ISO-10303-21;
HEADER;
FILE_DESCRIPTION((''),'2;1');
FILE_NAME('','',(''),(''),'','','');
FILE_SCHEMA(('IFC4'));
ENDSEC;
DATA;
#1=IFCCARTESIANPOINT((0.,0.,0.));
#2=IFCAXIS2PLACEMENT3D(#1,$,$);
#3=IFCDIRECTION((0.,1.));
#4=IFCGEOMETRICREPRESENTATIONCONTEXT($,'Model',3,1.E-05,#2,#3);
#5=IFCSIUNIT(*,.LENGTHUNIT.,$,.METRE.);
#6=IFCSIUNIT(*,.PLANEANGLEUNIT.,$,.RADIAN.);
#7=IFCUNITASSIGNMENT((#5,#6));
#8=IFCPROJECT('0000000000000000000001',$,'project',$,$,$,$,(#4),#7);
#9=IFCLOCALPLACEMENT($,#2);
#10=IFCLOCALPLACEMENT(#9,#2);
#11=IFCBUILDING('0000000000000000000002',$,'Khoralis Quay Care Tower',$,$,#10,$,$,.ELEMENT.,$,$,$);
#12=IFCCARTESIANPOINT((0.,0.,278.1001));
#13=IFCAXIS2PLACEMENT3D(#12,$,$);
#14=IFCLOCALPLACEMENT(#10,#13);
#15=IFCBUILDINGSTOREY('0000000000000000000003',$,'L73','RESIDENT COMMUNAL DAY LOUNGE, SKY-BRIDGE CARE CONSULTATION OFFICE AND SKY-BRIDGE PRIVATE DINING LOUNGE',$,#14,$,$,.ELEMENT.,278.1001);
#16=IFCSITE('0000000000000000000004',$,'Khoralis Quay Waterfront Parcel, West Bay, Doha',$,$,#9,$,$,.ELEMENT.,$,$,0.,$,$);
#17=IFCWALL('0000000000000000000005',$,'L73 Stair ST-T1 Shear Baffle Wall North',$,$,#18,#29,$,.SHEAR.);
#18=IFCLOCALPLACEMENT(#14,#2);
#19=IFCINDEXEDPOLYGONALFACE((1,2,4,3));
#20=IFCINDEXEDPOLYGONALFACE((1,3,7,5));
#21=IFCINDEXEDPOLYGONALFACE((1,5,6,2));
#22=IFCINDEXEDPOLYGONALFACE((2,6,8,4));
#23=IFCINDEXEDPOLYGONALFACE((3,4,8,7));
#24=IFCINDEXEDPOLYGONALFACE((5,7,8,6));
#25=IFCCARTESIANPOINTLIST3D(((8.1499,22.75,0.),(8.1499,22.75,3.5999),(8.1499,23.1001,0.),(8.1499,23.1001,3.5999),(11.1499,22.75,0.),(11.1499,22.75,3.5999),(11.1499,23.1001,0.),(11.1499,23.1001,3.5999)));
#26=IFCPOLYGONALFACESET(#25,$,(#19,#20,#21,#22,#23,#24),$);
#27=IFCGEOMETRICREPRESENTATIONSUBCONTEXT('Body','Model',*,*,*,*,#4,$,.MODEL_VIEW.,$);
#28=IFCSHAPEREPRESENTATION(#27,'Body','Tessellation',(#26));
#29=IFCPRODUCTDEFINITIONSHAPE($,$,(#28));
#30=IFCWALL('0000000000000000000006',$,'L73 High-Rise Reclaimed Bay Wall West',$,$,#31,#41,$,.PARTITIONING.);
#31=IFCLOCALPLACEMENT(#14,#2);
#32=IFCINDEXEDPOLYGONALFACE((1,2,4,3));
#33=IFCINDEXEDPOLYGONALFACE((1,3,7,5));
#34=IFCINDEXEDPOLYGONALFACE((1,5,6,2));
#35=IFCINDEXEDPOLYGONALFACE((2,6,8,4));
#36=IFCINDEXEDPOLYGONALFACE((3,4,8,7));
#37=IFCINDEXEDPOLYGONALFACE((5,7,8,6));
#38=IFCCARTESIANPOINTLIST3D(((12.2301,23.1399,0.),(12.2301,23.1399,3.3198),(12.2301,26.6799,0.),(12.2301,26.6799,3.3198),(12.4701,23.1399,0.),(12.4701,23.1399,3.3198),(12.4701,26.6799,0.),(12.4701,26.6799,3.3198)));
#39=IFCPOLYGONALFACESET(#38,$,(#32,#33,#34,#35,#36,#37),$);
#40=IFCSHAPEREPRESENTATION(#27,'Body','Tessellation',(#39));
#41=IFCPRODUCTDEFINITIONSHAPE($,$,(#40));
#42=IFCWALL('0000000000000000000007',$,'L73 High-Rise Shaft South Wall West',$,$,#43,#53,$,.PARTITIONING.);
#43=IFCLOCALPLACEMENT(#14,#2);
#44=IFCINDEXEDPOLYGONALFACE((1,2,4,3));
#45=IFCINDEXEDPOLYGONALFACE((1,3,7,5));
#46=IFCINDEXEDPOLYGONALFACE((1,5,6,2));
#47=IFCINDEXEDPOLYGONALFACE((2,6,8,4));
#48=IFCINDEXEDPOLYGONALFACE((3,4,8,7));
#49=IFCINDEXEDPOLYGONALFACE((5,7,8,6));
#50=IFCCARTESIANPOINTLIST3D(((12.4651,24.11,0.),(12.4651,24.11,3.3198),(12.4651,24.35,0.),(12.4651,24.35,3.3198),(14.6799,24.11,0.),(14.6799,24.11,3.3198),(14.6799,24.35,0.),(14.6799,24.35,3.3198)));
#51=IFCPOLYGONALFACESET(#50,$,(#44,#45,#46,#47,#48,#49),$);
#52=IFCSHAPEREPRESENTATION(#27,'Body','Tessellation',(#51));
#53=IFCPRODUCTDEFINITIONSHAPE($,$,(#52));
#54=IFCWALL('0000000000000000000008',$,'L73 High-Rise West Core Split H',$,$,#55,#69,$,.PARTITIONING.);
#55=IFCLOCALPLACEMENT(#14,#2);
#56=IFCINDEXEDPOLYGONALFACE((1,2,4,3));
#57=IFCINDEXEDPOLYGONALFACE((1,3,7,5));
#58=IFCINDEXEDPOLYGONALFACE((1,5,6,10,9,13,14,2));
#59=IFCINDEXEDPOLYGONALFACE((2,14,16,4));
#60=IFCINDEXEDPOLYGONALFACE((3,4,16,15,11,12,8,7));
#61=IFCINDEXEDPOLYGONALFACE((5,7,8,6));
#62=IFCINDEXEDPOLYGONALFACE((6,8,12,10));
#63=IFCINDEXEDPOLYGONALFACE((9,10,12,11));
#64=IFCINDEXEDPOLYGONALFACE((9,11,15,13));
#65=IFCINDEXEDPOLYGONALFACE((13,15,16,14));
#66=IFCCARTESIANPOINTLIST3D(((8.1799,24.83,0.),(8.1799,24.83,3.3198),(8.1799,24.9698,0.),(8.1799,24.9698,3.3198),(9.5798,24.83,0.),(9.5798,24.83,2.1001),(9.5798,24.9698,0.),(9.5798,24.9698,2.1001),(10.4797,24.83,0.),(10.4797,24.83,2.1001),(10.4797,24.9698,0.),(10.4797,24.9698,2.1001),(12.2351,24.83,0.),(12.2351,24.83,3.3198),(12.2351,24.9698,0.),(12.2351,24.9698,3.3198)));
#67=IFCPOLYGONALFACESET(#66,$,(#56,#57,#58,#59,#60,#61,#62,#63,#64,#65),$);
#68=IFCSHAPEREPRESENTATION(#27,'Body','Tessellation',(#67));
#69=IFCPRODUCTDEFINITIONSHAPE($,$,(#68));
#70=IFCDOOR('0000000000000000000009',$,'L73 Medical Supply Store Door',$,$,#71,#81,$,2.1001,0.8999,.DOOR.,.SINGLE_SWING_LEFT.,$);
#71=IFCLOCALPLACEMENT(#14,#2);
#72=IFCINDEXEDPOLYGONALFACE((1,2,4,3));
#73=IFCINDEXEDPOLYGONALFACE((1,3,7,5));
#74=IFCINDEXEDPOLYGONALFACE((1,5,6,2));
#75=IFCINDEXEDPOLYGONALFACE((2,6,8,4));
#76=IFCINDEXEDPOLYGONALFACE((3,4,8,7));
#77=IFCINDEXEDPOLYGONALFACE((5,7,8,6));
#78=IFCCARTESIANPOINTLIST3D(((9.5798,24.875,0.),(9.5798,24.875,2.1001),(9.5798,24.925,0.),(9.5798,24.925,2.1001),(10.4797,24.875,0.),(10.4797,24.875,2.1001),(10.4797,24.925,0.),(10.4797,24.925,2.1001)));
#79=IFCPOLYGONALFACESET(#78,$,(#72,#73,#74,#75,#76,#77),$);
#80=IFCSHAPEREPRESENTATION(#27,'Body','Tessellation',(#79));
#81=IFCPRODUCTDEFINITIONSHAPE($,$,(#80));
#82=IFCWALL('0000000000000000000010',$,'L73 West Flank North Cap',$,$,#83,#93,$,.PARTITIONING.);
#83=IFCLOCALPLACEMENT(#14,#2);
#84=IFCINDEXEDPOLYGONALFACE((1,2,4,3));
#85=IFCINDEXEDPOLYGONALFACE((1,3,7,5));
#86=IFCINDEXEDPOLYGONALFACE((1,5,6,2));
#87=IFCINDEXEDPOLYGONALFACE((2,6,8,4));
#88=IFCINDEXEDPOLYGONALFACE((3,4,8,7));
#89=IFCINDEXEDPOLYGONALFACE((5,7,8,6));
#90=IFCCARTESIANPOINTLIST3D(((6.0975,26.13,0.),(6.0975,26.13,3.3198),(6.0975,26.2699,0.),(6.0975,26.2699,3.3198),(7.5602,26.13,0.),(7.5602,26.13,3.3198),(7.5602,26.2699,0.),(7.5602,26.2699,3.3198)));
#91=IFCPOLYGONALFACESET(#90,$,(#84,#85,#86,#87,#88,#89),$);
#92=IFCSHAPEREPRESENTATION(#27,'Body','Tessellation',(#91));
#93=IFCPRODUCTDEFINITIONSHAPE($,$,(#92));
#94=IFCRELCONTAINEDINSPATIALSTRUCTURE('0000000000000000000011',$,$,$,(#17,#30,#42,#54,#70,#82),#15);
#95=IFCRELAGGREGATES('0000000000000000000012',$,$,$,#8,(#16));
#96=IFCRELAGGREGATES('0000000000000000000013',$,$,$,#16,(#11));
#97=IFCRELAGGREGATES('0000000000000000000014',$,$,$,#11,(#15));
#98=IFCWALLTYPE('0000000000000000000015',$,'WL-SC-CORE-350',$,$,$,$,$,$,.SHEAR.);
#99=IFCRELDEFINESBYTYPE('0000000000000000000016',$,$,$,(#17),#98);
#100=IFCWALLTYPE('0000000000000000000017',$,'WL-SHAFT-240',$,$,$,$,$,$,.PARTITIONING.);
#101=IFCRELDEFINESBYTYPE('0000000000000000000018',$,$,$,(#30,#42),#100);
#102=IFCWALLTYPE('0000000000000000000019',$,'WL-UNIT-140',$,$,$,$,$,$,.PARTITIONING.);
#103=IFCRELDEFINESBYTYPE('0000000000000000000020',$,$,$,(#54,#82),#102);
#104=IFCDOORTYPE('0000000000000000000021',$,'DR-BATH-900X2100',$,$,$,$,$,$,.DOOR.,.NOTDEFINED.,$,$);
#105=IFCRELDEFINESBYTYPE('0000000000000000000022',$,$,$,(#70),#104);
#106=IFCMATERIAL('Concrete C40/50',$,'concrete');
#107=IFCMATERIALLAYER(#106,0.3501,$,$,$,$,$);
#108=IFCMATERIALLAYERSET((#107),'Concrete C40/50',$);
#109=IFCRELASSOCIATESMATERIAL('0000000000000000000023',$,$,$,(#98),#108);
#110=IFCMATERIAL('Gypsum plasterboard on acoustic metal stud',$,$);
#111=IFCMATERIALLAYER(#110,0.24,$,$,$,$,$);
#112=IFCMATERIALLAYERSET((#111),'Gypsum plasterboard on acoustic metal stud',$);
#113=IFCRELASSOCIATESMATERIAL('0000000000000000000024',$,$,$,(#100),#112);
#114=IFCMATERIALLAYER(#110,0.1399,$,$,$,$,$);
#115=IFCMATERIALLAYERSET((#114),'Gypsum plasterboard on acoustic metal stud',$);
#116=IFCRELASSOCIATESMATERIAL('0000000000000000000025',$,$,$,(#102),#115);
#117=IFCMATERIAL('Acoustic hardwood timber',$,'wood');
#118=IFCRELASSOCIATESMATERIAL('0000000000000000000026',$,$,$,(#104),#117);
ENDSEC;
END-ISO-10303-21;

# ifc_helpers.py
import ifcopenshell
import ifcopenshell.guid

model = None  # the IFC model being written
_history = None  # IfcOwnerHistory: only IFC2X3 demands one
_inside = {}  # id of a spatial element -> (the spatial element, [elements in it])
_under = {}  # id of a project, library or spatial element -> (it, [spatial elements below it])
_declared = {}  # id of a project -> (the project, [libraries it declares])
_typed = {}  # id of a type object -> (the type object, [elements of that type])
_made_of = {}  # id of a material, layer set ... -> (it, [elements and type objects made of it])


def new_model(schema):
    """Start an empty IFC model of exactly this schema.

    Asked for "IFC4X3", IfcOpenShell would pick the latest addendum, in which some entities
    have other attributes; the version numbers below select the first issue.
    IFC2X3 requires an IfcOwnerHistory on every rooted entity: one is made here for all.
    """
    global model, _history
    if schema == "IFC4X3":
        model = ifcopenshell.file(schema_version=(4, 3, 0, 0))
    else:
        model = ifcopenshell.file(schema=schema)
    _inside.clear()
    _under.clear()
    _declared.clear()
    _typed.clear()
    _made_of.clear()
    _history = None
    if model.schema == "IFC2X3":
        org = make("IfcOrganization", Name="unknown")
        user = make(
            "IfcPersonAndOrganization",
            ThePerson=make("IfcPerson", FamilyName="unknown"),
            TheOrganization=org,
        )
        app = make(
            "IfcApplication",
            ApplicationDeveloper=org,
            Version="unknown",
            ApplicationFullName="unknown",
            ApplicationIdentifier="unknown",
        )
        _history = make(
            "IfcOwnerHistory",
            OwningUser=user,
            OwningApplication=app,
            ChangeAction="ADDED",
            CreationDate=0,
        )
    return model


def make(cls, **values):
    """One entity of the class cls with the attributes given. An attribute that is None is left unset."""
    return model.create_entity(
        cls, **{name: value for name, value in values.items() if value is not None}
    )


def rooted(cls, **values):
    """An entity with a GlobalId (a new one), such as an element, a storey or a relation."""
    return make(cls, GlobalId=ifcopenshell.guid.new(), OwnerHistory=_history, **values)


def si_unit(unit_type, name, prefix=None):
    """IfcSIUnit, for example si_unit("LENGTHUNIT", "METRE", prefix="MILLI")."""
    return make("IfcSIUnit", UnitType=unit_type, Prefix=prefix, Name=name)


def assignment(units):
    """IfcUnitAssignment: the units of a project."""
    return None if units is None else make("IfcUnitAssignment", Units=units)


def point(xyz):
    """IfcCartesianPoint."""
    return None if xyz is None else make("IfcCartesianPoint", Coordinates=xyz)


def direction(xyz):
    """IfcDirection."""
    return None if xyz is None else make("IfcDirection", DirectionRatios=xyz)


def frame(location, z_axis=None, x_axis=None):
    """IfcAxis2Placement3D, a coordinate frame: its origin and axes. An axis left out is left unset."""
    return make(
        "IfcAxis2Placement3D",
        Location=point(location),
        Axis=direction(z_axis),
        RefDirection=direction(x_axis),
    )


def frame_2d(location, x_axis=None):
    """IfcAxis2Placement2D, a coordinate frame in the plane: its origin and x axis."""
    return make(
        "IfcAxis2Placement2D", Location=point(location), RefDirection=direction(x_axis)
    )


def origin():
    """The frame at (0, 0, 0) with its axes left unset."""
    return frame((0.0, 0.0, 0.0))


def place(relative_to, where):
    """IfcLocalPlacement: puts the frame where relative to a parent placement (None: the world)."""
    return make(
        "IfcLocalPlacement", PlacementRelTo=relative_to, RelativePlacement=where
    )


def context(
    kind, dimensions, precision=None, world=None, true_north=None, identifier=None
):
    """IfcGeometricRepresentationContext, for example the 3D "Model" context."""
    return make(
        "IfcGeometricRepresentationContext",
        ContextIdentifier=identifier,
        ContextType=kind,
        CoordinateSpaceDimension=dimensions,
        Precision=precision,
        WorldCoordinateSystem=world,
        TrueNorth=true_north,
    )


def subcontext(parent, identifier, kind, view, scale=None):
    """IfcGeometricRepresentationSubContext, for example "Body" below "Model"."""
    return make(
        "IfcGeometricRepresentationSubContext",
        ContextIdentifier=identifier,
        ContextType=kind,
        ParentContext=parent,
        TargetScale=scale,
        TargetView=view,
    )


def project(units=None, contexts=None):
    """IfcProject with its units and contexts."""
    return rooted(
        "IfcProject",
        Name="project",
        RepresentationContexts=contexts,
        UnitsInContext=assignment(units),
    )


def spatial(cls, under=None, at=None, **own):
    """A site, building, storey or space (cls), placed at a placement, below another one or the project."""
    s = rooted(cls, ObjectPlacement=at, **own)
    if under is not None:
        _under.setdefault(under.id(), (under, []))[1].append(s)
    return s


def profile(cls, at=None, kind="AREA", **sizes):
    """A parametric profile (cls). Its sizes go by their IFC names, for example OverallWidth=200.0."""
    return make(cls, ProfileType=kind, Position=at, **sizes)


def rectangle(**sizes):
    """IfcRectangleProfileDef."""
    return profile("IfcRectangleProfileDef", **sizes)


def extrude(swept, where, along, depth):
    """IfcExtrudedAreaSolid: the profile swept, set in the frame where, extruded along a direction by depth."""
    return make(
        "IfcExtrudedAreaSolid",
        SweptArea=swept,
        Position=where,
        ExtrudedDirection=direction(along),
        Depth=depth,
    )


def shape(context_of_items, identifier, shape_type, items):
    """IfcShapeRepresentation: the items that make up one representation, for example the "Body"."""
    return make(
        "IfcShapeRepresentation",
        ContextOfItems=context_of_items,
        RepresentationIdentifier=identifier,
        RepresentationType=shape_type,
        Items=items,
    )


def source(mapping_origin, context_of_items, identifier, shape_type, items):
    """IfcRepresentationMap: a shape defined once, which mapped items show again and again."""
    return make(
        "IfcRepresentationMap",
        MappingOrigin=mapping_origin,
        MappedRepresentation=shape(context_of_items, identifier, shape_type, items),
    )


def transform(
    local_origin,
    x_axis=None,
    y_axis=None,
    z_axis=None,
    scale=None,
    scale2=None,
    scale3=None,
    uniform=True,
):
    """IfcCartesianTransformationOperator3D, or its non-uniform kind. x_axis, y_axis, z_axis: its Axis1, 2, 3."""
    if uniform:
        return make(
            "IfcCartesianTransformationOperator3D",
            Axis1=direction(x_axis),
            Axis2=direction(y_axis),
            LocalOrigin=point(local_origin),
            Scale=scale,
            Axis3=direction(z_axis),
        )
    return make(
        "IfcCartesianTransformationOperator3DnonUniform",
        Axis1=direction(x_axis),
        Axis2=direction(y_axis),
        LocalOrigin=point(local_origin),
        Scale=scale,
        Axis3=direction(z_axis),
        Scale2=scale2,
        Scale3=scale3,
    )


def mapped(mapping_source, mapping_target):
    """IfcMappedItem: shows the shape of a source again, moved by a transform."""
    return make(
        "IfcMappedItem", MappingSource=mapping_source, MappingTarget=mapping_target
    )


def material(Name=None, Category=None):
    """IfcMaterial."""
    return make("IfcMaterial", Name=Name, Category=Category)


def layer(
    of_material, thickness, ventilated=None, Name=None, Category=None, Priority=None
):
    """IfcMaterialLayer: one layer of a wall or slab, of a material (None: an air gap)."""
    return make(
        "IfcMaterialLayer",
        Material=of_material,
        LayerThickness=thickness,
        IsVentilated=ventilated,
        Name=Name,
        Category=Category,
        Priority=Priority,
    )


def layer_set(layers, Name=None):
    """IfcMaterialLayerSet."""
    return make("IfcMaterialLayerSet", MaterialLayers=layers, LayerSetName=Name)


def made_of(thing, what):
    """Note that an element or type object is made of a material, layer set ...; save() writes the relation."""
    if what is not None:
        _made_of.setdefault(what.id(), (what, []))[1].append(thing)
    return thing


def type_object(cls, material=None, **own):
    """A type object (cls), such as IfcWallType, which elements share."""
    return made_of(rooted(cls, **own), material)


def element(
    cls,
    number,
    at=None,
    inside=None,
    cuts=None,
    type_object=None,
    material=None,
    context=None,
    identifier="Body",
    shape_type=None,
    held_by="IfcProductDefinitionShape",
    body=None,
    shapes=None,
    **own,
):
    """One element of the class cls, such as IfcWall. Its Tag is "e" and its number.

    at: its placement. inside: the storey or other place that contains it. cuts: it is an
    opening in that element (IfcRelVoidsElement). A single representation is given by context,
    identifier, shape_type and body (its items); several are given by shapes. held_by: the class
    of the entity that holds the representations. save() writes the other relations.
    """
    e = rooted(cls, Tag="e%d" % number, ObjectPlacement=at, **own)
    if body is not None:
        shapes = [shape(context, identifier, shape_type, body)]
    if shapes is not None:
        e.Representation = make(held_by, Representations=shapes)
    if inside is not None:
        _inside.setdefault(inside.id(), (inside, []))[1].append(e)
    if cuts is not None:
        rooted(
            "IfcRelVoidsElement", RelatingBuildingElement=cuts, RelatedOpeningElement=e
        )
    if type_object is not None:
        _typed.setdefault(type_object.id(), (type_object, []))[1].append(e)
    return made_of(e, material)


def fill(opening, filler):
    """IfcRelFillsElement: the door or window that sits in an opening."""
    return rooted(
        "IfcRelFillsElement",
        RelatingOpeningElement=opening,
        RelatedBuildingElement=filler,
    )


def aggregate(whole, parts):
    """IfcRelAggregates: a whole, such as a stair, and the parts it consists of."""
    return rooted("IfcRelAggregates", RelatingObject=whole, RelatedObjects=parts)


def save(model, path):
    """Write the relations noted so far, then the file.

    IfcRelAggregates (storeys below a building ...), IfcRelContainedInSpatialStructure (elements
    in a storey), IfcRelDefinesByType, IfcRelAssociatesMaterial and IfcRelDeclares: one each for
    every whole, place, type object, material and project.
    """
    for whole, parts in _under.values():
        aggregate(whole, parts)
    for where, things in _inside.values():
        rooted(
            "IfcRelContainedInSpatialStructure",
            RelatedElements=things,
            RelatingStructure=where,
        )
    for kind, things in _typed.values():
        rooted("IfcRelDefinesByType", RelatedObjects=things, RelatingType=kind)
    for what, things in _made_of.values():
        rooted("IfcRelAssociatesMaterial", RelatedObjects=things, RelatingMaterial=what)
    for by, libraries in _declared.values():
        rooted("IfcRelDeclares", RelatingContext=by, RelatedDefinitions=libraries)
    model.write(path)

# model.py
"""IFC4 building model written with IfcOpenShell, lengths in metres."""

from ifc_helpers import new_model, si_unit, direction, frame, frame_2d, origin, place, context, subcontext, project, spatial, rectangle, extrude, source, transform, mapped, material, layer, layer_set, type_object, element, fill, save


model = new_model("IFC4")

# Units and contexts
model_context = context("Model", 3, precision=1e-05, world=origin(), true_north=direction((0.0, 1.0)))
body_context = subcontext(model_context, "Body", "Model", "MODEL_VIEW")
ifc_project = project(units=[si_unit("LENGTHUNIT", "METRE"), si_unit("PLANEANGLEUNIT", "RADIAN")], contexts=[model_context])

# Site, building, storey
site_placement = place(None, origin())
site = spatial("IfcSite", under=ifc_project, at=site_placement, Name="Khoralis Quay Waterfront Parcel, West Bay, Doha", CompositionType="ELEMENT", RefElevation=0.0)
building_placement = place(site_placement, origin())
building = spatial("IfcBuilding", under=site, at=building_placement, Name="Khoralis Quay Care Tower", CompositionType="ELEMENT")
storey_placement = place(building_placement, frame((0.0, 0.0, 278.1001)))
storey = spatial("IfcBuildingStorey", under=building, at=storey_placement, Name="L73", Description="RESIDENT COMMUNAL DAY LOUNGE, SKY-BRIDGE CARE CONSULTATION OFFICE AND SKY-BRIDGE PRIVATE DINING LOUNGE", CompositionType="ELEMENT", Elevation=278.1001)

# Shared definitions
ifc_material_1 = material(Name="Acoustic hardwood timber", Category="wood")

# Shared definitions
ifc_material_2 = material(Name="Gypsum plasterboard on acoustic metal stud")

# Walls
ifc_material_3 = material(Name="Concrete C40/50", Category="concrete")
ifc_layer_1 = layer(ifc_material_3, 0.3501)
ifc_layer_set_1 = layer_set([ifc_layer_1], Name="Concrete C40/50")
wall_type_1 = type_object("IfcWallType", Name="WL-SC-CORE-350", PredefinedType="SHEAR", material=ifc_layer_set_1)
wall_1_placement = place(storey_placement, frame((8.1499, 22.925, 0.0), z_axis=(0.0, 0.0, 1.0), x_axis=(1.0, 0.0, 0.0)))
element("IfcWall", 1, at=wall_1_placement, inside=storey, type_object=wall_type_1, Name="L73 Stair ST-T1 Shear Baffle Wall North", PredefinedType="SHEAR", context=body_context, shape_type="SweptSolid", body=[
    extrude(rectangle(XDim=3.0, YDim=0.3501, at=frame_2d((1.5, 0.0))), origin(), (0.0, 0.0, 1.0), 3.5999),
])
ifc_layer_2 = layer(ifc_material_2, 0.24)
ifc_layer_set_2 = layer_set([ifc_layer_2], Name="Gypsum plasterboard on acoustic metal stud")
wall_type_2 = type_object("IfcWallType", Name="WL-SHAFT-240", PredefinedType="PARTITIONING", material=ifc_layer_set_2)
wall_2_placement = place(storey_placement, frame((12.3501, 23.1399, 0.0), z_axis=(0.0, 0.0, 1.0), x_axis=(0.0, 1.0, 0.0)))
element("IfcWall", 2, at=wall_2_placement, inside=storey, type_object=wall_type_2, Name="L73 High-Rise Reclaimed Bay Wall West", PredefinedType="PARTITIONING", context=body_context, shape_type="SweptSolid", body=[
    extrude(rectangle(XDim=3.54, YDim=0.24, at=frame_2d((1.77, 0.0))), origin(), (0.0, 0.0, 1.0), 3.3198),
])
wall_3_placement = place(storey_placement, frame((12.4651, 24.23, 0.0), z_axis=(0.0, 0.0, 1.0), x_axis=(1.0, 0.0, 0.0)))
element("IfcWall", 3, at=wall_3_placement, inside=storey, type_object=wall_type_2, Name="L73 High-Rise Shaft South Wall West", PredefinedType="PARTITIONING", context=body_context, shape_type="SweptSolid", body=[
    extrude(rectangle(XDim=2.2148, YDim=0.24, at=frame_2d((1.1074, 0.0))), origin(), (0.0, 0.0, 1.0), 3.3198),
])

# Wall, opening, door
ifc_layer_3 = layer(ifc_material_2, 0.1399)
ifc_layer_set_3 = layer_set([ifc_layer_3], Name="Gypsum plasterboard on acoustic metal stud")
wall_type_3 = type_object("IfcWallType", Name="WL-UNIT-140", PredefinedType="PARTITIONING", material=ifc_layer_set_3)
wall_4_placement = place(storey_placement, frame((8.1799, 24.8999, 0.0), z_axis=(0.0, 0.0, 1.0), x_axis=(1.0, 0.0, 0.0)))
wall_4 = element("IfcWall", 4, at=wall_4_placement, inside=storey, type_object=wall_type_3, Name="L73 High-Rise West Core Split H", PredefinedType="PARTITIONING", context=body_context, shape_type="SweptSolid", body=[
    extrude(rectangle(XDim=4.0552, YDim=0.1399, at=frame_2d((2.0276, 0.0))), origin(), (0.0, 0.0, 1.0), 3.3198),
])
opening_1_placement = place(wall_4_placement, frame((1.3999, 0.0, 0.0)))
opening_1 = element("IfcOpeningElement", 5, at=opening_1_placement, cuts=wall_4, PredefinedType="OPENING", context=body_context, shape_type="SweptSolid", body=[
    extrude(rectangle(XDim=0.8999, YDim=2.1001, at=frame_2d((0.45, 1.05))), frame((0.0, 0.0801, 0.0), z_axis=(0.0, -1.0, 0.0), x_axis=(1.0, 0.0, 0.0)), (0.0, 0.0, 1.0), 0.1599),
])
door_type_1 = type_object("IfcDoorType", Name="DR-BATH-900X2100", OperationType="NOTDEFINED", PredefinedType="DOOR", material=ifc_material_1)
shared_shape_1 = source(origin(), body_context, "Body", "SweptSolid", [
    extrude(rectangle(XDim=0.8999, YDim=2.1001, at=frame_2d((0.45, 1.05))), frame((0.0, 0.0249, 0.0), z_axis=(0.0, -1.0, 0.0), x_axis=(1.0, 0.0, 0.0)), (0.0, 0.0, 1.0), 0.05),
])
door_1_placement = place(opening_1_placement, frame((0.8999, 0.0, 0.0), z_axis=(0.0, 0.0, 1.0), x_axis=(-1.0, 0.0, 0.0)))
door_1 = element("IfcDoor", 6, at=door_1_placement, inside=storey, type_object=door_type_1, Name="L73 Medical Supply Store Door", OperationType="SINGLE_SWING_LEFT", OverallHeight=2.1001, OverallWidth=0.8999, PredefinedType="DOOR", context=body_context, shape_type="MappedRepresentation", body=[
    mapped(shared_shape_1, transform((0.0, 0.0, 0.0), scale=1.0)),
])
fill(opening_1, door_1)

# Wall
wall_5_placement = place(storey_placement, frame((6.0974, 26.2, 0.0), z_axis=(0.0, 0.0, 1.0), x_axis=(1.0, 0.0, 0.0)))
element("IfcWall", 7, at=wall_5_placement, inside=storey, type_object=wall_type_3, Name="L73 West Flank North Cap", PredefinedType="PARTITIONING", context=body_context, shape_type="SweptSolid", body=[
    extrude(rectangle(XDim=1.4626, YDim=0.1399, at=frame_2d((0.7314, 0.0))), origin(), (0.0, 0.0, 1.0), 3.3198),
])

save(model, "model.ifc")
